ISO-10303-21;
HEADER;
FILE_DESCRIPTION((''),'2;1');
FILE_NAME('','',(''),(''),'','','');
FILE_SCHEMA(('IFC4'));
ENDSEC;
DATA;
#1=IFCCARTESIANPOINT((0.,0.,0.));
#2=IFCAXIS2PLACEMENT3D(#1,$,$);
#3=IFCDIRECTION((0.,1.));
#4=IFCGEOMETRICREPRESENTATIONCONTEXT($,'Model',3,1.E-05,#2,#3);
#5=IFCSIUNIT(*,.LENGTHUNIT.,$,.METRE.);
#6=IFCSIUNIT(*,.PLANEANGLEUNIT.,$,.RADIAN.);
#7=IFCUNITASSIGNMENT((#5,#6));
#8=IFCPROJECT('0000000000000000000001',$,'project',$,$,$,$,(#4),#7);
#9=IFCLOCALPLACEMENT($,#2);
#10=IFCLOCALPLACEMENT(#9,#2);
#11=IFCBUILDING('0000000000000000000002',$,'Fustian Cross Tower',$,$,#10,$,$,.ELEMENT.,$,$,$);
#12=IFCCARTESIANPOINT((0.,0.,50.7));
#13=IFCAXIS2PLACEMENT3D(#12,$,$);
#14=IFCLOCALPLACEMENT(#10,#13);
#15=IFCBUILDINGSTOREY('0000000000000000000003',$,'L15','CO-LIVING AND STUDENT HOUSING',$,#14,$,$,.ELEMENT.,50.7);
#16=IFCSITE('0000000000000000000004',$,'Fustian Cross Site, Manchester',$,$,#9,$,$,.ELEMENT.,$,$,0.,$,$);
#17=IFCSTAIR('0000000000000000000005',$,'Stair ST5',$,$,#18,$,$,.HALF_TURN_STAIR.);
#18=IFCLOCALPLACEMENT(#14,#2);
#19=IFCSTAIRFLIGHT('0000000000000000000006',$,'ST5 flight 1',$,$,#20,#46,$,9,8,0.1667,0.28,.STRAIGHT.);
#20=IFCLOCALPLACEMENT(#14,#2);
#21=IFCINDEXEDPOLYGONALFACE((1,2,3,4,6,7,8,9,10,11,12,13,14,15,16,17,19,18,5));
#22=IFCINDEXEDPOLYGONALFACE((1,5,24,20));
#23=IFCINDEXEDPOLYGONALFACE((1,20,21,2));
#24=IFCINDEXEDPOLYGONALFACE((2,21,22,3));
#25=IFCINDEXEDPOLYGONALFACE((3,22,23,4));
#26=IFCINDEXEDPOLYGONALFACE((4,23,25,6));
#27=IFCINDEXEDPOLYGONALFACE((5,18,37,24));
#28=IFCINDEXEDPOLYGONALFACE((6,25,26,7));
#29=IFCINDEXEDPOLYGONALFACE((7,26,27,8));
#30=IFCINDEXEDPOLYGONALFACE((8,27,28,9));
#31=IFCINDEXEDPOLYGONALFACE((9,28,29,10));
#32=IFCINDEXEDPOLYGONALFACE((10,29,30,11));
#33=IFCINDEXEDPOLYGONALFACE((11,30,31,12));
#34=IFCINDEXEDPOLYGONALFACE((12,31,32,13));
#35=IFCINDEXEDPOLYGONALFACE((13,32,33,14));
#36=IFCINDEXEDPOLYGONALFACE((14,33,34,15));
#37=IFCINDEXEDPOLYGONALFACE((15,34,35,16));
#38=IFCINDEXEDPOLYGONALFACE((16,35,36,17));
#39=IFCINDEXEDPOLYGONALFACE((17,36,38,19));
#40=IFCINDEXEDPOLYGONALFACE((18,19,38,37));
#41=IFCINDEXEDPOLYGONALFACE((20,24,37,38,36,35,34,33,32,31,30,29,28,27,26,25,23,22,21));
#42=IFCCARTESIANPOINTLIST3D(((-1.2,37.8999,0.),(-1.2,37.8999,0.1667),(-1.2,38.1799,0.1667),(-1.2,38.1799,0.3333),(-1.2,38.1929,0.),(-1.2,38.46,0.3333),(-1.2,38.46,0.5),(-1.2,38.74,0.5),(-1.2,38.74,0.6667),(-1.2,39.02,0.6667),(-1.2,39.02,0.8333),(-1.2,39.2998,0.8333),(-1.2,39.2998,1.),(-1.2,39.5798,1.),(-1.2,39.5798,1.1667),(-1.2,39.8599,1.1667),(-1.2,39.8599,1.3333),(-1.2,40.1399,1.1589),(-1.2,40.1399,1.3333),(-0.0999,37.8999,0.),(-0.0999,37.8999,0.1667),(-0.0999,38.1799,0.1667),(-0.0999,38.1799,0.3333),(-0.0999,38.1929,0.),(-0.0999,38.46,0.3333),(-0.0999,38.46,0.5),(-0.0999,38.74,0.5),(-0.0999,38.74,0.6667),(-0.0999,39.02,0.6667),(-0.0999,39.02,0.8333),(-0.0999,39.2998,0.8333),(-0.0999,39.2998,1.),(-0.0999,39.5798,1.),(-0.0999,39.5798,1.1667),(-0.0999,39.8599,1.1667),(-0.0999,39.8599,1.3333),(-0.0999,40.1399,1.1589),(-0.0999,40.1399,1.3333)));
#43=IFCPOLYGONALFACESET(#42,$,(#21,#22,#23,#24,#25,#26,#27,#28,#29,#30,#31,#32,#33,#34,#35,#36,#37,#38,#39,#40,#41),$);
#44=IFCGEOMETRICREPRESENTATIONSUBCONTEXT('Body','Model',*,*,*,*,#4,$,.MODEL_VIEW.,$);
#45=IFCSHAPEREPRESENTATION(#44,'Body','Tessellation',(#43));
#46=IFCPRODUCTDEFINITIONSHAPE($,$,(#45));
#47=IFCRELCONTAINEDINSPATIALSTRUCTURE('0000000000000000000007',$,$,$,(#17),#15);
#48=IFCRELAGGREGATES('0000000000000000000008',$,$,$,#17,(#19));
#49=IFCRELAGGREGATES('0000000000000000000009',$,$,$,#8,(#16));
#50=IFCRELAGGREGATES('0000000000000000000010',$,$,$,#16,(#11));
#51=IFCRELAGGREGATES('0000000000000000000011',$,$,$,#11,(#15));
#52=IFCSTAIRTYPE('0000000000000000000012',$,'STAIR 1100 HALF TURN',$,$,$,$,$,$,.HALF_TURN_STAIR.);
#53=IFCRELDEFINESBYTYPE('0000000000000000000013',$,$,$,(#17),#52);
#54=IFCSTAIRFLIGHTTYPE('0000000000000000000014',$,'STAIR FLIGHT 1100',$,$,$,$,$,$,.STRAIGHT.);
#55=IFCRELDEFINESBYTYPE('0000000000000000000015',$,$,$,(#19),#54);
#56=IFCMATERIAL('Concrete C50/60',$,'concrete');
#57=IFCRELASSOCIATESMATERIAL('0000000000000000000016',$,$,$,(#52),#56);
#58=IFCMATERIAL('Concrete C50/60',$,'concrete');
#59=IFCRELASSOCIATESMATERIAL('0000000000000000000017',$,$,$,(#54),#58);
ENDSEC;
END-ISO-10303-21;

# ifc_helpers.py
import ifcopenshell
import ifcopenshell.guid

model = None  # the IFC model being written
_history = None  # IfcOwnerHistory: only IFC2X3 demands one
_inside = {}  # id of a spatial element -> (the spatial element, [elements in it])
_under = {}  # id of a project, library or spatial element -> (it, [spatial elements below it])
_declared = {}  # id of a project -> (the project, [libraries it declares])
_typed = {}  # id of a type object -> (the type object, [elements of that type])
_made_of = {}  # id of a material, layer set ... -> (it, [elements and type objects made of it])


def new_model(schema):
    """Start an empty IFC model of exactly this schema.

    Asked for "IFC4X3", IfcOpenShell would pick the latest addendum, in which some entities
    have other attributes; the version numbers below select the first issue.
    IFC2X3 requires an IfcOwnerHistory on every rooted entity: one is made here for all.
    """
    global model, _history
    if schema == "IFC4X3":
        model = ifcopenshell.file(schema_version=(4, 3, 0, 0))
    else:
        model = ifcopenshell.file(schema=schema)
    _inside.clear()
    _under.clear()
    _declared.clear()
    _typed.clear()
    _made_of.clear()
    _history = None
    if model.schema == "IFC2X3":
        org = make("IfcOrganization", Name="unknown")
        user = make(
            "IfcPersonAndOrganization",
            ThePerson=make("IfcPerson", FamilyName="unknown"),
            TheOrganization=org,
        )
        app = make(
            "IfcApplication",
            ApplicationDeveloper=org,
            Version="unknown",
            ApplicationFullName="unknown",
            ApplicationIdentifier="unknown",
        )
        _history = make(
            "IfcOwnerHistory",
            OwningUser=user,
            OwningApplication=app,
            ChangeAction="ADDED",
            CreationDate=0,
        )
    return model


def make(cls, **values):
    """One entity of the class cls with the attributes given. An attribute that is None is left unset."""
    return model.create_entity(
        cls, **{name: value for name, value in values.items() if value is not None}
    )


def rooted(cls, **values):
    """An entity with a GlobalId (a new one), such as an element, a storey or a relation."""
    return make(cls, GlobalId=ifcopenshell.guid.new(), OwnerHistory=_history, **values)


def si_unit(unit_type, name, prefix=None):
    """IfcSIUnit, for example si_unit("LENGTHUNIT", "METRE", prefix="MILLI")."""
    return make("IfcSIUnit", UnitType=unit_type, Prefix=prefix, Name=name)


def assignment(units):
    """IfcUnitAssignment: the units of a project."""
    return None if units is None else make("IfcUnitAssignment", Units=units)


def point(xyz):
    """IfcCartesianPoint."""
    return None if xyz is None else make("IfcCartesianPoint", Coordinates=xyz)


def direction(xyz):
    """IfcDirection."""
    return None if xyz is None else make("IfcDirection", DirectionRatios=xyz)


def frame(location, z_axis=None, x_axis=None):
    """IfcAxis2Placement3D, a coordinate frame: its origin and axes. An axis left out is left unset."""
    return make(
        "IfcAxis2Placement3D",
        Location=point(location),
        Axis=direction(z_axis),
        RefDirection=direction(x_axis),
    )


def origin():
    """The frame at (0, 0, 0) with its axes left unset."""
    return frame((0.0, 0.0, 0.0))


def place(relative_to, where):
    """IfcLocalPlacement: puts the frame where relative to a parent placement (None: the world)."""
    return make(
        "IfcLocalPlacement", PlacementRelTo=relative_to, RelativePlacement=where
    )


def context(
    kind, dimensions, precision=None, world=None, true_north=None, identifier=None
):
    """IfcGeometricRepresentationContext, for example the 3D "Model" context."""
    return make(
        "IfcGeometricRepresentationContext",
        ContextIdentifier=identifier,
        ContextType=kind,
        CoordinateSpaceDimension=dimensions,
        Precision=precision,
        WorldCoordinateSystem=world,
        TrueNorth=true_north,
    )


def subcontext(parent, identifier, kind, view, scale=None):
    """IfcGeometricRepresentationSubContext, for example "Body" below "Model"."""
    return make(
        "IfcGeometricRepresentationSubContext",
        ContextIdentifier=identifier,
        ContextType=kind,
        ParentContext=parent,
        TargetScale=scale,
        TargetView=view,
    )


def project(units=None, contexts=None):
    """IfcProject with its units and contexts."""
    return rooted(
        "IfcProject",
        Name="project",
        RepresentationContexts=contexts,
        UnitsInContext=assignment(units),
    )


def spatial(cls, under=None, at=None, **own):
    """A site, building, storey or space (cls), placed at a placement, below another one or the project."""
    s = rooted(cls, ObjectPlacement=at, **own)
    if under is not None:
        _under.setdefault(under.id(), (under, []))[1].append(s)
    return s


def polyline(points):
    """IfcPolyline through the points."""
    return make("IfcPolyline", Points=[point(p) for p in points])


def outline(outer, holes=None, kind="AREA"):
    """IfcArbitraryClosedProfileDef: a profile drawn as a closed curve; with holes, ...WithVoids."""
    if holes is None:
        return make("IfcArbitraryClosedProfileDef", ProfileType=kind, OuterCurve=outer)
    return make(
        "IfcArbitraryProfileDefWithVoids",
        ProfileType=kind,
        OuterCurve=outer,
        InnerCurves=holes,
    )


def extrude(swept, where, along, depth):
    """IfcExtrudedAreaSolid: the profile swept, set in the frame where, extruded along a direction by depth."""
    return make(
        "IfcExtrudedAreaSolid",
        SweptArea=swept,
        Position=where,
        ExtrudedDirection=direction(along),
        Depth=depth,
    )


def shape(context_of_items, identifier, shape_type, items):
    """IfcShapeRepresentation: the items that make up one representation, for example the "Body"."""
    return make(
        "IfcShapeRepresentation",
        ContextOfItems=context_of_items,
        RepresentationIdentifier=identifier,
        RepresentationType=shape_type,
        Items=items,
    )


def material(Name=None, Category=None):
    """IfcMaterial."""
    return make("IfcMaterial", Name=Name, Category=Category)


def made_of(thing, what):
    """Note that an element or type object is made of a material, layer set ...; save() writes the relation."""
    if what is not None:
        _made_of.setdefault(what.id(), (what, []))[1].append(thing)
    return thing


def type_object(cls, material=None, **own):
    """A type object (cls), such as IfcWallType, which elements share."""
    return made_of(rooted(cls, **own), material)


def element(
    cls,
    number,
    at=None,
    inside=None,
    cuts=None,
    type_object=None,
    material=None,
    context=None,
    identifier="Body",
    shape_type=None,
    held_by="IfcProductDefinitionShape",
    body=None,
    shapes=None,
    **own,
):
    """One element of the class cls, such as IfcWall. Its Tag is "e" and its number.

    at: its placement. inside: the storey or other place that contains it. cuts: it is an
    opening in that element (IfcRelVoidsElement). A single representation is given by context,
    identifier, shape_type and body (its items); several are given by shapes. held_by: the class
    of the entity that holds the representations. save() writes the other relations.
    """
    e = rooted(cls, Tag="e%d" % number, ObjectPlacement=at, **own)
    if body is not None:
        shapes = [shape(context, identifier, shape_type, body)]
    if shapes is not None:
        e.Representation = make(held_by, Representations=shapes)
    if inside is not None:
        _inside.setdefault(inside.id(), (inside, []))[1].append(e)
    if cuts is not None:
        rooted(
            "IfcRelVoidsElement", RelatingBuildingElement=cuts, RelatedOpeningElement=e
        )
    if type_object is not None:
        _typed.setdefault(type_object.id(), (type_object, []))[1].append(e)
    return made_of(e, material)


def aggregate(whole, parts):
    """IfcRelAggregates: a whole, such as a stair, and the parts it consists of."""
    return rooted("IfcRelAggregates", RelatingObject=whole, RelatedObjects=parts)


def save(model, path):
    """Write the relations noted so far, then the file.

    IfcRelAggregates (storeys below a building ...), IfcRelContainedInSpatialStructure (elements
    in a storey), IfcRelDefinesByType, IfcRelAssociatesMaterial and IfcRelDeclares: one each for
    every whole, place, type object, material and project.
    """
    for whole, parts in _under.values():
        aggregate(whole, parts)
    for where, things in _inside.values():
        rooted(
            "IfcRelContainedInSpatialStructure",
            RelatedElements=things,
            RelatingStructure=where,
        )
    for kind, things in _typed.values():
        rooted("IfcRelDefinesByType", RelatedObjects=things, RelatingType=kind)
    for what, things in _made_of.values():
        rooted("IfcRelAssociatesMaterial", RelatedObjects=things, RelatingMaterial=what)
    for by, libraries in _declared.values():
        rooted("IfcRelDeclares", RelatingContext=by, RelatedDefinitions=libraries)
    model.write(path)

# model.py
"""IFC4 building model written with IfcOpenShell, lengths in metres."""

from ifc_helpers import new_model, si_unit, direction, frame, origin, place, context, subcontext, project, spatial, polyline, outline, extrude, material, type_object, element, aggregate, save


model = new_model("IFC4")

# Units and contexts
model_context = context("Model", 3, precision=1e-05, world=origin(), true_north=direction((0.0, 1.0)))
body_context = subcontext(model_context, "Body", "Model", "MODEL_VIEW")
ifc_project = project(units=[si_unit("LENGTHUNIT", "METRE"), si_unit("PLANEANGLEUNIT", "RADIAN")], contexts=[model_context])

# Site, building, storey
site_placement = place(None, origin())
site = spatial("IfcSite", under=ifc_project, at=site_placement, Name="Fustian Cross Site, Manchester", CompositionType="ELEMENT", RefElevation=0.0)
building_placement = place(site_placement, origin())
building = spatial("IfcBuilding", under=site, at=building_placement, Name="Fustian Cross Tower", CompositionType="ELEMENT")
storey_placement = place(building_placement, frame((0.0, 0.0, 50.7)))
storey = spatial("IfcBuildingStorey", under=building, at=storey_placement, Name="L15", Description="CO-LIVING AND STUDENT HOUSING", CompositionType="ELEMENT", Elevation=50.7)

# Stair, stair flight
ifc_material_1 = material(Name="Concrete C50/60", Category="concrete")
stair_type = type_object("IfcStairType", Name="STAIR 1100 HALF TURN", PredefinedType="HALF_TURN_STAIR", material=ifc_material_1)
stair_placement = place(storey_placement, origin())
stair = element("IfcStair", 1, at=stair_placement, inside=storey, type_object=stair_type, Name="Stair ST5", PredefinedType="HALF_TURN_STAIR")
ifc_material_2 = material(Name="Concrete C50/60", Category="concrete")
stair_flight_type = type_object("IfcStairFlightType", Name="STAIR FLIGHT 1100", PredefinedType="STRAIGHT", material=ifc_material_2)
stair_flight_placement = place(storey_placement, frame((-0.6499, 37.8999, 0.0), z_axis=(0.0, 0.0, 1.0), x_axis=(0.0, 1.0, 0.0)))
stair_flight = element("IfcStairFlight", 2, at=stair_flight_placement, type_object=stair_flight_type, Name="ST5 flight 1", NumberOfRisers=9, NumberOfTreads=8, PredefinedType="STRAIGHT", RiserHeight=0.1667, TreadLength=0.28, context=body_context, shape_type="SweptSolid", body=[
    extrude(outline(polyline([(0.0, 0.0), (0.0, 0.1667), (0.28, 0.1667), (0.28, 0.3333), (0.5601, 0.3333), (0.5601, 0.5), (0.8401, 0.5), (0.8401, 0.6667), (1.1201, 0.6667), (1.1201, 0.8333), (1.3999, 0.8333), (1.3999, 1.0), (1.6799, 1.0), (1.6799, 1.1667), (1.96, 1.1667), (1.96, 1.3333), (2.24, 1.3333), (2.24, 1.5), (2.24, 1.1589), (0.293, 0.0), (0.0, 0.0)])), frame((0.0, 0.55, 0.0), z_axis=(0.0, -1.0, 0.0), x_axis=(1.0, 0.0, 0.0)), (0.0, 0.0, 1.0), 1.1001),
])
aggregate(stair, [stair_flight])

save(model, "model.ifc")
